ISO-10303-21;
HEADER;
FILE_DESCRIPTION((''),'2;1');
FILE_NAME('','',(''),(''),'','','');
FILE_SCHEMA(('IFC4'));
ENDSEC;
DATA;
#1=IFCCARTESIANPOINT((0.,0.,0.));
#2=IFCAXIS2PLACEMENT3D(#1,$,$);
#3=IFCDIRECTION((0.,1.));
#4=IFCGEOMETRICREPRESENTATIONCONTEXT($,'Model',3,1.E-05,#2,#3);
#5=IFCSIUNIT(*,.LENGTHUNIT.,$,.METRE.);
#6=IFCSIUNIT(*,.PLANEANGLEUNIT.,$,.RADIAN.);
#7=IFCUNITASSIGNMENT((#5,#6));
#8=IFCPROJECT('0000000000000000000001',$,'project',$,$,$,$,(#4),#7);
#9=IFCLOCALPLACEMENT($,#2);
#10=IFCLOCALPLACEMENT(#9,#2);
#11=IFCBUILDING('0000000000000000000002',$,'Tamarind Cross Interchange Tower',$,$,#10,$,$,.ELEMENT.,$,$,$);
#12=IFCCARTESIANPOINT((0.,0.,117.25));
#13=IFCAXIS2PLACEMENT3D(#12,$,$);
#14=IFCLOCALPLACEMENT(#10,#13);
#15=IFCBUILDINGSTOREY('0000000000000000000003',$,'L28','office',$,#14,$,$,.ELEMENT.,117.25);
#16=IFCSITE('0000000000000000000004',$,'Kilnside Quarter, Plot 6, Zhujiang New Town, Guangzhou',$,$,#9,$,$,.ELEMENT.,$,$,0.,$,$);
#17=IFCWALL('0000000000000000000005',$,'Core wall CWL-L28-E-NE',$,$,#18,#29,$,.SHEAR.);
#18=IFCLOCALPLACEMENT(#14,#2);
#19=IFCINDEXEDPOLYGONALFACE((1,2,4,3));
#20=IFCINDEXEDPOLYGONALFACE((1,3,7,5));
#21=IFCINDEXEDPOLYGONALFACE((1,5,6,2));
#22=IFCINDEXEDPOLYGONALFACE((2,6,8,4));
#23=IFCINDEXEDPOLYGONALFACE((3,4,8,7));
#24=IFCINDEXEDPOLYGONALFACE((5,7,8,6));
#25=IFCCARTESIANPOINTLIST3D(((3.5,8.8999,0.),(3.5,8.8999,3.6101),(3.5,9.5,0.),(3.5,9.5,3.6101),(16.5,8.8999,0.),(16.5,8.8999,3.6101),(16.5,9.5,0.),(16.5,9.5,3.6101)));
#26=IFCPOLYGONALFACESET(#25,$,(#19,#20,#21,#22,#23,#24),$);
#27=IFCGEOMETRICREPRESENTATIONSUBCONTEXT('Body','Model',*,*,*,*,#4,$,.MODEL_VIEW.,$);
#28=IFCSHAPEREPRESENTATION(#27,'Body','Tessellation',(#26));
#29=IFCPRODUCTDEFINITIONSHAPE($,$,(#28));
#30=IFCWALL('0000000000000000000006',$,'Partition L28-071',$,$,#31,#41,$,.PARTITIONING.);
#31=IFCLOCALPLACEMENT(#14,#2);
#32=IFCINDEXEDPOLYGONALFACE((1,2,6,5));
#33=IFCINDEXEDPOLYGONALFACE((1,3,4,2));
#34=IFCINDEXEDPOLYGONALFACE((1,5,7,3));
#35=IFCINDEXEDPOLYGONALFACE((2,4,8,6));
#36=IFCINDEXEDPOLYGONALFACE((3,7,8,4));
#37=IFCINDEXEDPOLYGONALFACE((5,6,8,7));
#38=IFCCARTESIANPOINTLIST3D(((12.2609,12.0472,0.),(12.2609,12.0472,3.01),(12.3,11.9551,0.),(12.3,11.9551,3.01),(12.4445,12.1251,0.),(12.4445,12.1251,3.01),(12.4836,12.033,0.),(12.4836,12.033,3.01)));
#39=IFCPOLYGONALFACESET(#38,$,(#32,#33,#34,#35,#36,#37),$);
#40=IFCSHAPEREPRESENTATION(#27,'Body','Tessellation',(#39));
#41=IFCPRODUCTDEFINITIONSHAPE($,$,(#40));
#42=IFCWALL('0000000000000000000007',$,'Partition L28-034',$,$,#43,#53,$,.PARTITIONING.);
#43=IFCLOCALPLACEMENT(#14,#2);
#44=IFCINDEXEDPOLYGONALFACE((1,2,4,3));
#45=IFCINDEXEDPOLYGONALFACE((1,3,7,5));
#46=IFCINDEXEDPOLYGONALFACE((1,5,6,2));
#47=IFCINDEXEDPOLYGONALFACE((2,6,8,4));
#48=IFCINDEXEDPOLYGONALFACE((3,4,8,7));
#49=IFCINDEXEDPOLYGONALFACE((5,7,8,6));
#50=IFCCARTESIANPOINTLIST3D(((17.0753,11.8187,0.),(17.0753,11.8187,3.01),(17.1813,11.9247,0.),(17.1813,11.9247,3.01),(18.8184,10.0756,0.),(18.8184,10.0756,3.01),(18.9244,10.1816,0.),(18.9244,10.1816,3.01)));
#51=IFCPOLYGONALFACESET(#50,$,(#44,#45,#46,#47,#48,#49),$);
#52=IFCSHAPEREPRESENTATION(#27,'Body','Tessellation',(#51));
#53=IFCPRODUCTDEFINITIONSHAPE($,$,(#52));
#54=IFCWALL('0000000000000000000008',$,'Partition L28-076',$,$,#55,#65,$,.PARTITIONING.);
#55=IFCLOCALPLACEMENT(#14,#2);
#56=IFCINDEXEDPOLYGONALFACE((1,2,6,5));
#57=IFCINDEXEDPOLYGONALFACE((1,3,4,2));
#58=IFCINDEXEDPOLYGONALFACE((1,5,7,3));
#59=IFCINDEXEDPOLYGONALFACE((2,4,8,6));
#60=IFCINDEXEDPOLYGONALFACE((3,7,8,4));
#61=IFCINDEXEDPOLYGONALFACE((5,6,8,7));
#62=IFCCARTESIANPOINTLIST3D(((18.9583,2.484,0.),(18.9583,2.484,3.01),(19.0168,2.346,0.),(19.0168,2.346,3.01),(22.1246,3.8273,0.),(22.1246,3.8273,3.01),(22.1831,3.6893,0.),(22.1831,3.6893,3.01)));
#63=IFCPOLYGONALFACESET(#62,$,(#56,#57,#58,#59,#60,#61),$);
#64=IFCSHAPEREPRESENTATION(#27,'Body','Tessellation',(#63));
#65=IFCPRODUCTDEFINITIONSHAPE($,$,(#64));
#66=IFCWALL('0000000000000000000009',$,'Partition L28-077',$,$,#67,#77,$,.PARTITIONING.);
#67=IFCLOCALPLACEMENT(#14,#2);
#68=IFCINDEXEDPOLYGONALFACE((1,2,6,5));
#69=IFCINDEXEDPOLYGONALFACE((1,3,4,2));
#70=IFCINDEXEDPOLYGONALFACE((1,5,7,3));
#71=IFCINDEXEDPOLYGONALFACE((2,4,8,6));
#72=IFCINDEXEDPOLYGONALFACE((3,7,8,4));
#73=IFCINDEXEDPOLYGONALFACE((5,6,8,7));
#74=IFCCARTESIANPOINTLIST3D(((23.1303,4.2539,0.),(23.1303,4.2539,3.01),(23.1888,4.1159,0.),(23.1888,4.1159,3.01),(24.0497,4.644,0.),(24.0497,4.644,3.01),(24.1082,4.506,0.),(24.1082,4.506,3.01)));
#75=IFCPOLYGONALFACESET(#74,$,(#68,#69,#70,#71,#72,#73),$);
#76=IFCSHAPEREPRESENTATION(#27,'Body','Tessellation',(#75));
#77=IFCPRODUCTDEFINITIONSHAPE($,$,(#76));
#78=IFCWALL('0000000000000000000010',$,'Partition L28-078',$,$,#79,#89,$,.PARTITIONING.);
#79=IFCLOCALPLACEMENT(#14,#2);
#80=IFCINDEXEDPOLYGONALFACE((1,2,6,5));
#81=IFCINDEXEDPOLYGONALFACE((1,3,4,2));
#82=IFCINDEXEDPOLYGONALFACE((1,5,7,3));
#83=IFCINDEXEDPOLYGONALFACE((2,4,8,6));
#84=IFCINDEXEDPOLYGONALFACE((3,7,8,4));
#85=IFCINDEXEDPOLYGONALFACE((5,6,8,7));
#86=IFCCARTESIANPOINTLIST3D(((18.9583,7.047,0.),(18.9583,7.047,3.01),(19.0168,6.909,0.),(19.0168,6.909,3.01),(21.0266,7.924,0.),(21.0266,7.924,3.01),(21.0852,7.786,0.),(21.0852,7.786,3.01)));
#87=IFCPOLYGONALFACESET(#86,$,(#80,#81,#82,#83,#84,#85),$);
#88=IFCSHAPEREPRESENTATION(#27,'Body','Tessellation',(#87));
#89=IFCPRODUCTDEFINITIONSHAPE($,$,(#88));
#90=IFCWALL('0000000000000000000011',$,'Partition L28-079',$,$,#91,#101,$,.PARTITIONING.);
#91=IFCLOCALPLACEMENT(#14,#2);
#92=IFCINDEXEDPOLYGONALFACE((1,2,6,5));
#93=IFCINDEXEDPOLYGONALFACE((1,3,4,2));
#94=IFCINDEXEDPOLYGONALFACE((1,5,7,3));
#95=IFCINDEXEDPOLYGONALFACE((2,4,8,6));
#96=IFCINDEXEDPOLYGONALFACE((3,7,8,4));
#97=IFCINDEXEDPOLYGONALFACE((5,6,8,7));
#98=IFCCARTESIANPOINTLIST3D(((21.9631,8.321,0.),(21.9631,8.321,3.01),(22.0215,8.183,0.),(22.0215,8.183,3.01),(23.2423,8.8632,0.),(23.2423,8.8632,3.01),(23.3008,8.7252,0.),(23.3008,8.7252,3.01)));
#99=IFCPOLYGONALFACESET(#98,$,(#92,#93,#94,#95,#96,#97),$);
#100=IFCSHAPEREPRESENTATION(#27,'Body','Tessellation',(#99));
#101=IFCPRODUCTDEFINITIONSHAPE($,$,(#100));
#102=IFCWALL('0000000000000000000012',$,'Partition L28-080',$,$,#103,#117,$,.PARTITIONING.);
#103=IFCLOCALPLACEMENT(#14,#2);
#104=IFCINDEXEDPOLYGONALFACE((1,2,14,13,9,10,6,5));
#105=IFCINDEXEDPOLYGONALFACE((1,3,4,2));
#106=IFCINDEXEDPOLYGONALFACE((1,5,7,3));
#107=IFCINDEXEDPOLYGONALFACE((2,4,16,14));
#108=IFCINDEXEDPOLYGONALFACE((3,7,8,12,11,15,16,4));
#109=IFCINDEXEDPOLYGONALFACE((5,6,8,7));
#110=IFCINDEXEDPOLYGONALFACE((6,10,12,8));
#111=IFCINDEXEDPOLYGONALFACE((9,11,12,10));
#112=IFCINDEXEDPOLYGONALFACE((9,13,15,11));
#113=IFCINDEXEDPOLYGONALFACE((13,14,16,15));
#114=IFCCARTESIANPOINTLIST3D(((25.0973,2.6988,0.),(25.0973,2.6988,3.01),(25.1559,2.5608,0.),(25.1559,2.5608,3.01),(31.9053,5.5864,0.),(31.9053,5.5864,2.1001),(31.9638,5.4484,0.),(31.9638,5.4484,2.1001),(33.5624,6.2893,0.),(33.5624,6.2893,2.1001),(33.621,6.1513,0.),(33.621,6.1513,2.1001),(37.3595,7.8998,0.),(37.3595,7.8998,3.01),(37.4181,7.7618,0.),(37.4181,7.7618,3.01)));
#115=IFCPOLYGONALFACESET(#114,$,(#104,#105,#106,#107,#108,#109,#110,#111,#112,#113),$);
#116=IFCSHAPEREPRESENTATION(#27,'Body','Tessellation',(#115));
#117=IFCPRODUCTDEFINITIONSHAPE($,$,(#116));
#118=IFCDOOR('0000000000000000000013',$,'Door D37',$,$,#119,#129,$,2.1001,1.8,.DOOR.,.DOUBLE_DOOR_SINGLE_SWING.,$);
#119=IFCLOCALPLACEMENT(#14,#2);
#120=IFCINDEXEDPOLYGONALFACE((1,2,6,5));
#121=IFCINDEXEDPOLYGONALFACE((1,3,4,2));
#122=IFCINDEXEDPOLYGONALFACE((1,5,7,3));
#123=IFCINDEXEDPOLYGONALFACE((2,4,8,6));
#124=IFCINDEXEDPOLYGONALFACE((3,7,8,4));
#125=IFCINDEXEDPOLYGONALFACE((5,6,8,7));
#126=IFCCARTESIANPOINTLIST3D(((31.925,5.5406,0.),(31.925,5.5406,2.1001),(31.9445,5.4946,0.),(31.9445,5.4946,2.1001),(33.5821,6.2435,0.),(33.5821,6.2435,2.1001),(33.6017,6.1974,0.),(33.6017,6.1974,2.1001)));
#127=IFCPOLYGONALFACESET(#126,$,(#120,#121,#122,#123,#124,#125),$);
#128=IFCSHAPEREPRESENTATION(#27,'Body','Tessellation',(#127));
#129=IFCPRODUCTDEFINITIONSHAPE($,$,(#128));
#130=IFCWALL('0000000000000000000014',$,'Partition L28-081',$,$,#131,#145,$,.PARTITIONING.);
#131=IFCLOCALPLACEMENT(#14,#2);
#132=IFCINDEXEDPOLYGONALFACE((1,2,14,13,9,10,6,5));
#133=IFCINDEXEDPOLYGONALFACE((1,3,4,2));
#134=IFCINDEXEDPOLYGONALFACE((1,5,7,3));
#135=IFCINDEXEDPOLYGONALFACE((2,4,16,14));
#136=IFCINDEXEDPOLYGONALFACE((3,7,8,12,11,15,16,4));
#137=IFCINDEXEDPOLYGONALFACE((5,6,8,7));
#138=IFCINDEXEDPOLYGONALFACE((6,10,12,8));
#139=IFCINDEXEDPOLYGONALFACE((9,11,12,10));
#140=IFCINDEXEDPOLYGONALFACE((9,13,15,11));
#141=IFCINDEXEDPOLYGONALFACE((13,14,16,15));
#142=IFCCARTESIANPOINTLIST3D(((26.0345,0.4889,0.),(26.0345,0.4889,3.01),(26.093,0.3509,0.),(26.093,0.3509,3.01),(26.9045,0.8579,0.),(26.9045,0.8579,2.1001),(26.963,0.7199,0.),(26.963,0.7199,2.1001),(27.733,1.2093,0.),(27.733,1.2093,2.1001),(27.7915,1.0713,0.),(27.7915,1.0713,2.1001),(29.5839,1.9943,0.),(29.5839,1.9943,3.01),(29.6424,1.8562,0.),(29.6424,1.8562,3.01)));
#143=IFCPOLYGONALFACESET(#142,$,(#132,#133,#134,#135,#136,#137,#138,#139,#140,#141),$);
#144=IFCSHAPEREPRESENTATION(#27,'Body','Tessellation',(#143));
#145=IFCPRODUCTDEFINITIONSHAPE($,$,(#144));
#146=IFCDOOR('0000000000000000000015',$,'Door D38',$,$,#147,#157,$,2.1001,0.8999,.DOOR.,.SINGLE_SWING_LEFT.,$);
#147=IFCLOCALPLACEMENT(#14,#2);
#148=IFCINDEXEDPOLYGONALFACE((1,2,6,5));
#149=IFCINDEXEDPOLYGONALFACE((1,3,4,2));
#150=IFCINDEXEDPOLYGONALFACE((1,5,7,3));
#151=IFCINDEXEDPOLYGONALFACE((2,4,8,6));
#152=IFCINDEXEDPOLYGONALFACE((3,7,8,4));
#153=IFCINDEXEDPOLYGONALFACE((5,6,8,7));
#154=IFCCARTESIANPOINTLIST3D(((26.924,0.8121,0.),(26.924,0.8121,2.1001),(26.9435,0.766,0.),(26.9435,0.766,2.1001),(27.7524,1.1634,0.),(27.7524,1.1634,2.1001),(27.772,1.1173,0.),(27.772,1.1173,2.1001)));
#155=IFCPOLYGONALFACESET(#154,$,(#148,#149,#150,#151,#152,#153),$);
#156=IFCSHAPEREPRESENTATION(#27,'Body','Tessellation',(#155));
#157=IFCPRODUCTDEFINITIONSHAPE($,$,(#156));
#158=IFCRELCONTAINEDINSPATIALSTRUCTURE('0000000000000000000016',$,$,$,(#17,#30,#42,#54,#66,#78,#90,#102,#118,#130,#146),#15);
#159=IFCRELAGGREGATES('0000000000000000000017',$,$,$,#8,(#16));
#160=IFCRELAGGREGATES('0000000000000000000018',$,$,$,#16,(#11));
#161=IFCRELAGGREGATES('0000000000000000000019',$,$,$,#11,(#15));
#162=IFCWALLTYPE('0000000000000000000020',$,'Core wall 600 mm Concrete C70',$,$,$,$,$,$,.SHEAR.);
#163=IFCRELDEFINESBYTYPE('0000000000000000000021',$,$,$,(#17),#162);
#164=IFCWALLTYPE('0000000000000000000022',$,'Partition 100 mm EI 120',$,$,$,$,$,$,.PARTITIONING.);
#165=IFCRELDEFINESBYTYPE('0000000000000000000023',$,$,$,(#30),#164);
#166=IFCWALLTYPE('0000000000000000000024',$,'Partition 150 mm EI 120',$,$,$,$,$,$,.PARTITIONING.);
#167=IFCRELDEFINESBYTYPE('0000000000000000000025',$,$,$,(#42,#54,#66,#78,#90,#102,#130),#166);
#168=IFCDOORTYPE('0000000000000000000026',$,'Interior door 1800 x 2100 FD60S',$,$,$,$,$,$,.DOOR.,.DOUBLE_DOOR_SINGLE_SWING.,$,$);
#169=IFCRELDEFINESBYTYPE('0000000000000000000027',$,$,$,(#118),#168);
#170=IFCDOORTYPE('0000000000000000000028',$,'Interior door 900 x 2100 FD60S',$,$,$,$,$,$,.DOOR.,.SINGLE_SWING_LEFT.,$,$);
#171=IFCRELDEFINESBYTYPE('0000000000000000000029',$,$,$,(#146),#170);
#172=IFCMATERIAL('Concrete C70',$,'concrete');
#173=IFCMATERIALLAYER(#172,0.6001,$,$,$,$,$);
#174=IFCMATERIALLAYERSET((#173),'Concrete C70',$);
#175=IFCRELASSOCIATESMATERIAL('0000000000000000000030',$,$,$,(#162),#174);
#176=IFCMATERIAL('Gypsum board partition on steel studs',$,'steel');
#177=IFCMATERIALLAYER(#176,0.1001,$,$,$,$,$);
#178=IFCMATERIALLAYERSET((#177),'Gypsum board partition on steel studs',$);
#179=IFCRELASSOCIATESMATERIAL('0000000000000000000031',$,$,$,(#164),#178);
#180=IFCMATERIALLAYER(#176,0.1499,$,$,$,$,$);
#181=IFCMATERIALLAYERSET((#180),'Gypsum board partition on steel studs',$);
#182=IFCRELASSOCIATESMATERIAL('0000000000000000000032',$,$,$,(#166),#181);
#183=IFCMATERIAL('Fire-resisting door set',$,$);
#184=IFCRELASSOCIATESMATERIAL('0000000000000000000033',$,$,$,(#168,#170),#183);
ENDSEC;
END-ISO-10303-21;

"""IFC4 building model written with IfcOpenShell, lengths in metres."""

from ifc_helpers import new_model, si_unit, direction, frame, frame_2d, origin, place, context, subcontext, project, spatial, rectangle, extrude, material, layer, layer_set, type_object, element, fill, save


model = new_model("IFC4")

# Units and contexts
model_context = context("Model", 3, precision=1e-05, world=origin(), true_north=direction((0.0, 1.0)))
body_context = subcontext(model_context, "Body", "Model", "MODEL_VIEW")
ifc_project = project(units=[si_unit("LENGTHUNIT", "METRE"), si_unit("PLANEANGLEUNIT", "RADIAN")], contexts=[model_context])

# Site, building, storey
site_placement = place(None, origin())
site = spatial("IfcSite", under=ifc_project, at=site_placement, Name="Kilnside Quarter, Plot 6, Zhujiang New Town, Guangzhou", CompositionType="ELEMENT", RefElevation=0.0)
building_placement = place(site_placement, origin())
building = spatial("IfcBuilding", under=site, at=building_placement, Name="Tamarind Cross Interchange Tower", CompositionType="ELEMENT")
storey_placement = place(building_placement, frame((0.0, 0.0, 117.25)))
storey = spatial("IfcBuildingStorey", under=building, at=storey_placement, Name="L28", Description="office", CompositionType="ELEMENT", Elevation=117.25)

# Walls
ifc_material_1 = material(Name="Concrete C70", Category="concrete")
ifc_layer_1 = layer(ifc_material_1, 0.6001)
ifc_layer_set_1 = layer_set([ifc_layer_1], Name="Concrete C70")
wall_type_1 = type_object("IfcWallType", Name="Core wall 600 mm Concrete C70", PredefinedType="SHEAR", material=ifc_layer_set_1)
wall_1_placement = place(storey_placement, frame((16.5, 9.2, 0.0), z_axis=(0.0, 0.0, 1.0), x_axis=(-1.0, 0.0, 0.0)))
element("IfcWall", 1, at=wall_1_placement, inside=storey, type_object=wall_type_1, Name="Core wall CWL-L28-E-NE", PredefinedType="SHEAR", context=body_context, shape_type="SweptSolid", body=[
    extrude(rectangle(XDim=13.0, YDim=0.6001, at=frame_2d((6.5, 0.0))), origin(), (0.0, 0.0, 1.0), 3.6101),
])
ifc_material_2 = material(Name="Gypsum board partition on steel studs", Category="steel")
ifc_layer_2 = layer(ifc_material_2, 0.1001)
ifc_layer_set_2 = layer_set([ifc_layer_2], Name="Gypsum board partition on steel studs")
wall_type_2 = type_object("IfcWallType", Name="Partition 100 mm EI 120", PredefinedType="PARTITIONING", material=ifc_layer_set_2)
wall_2_placement = place(storey_placement, frame((12.2805, 12.0012, 0.0), z_axis=(0.0, 0.0, 1.0), x_axis=(0.920595, 0.390518, 0.0)))
element("IfcWall", 2, at=wall_2_placement, inside=storey, type_object=wall_type_2, Name="Partition L28-071", PredefinedType="PARTITIONING", context=body_context, shape_type="SweptSolid", body=[
    extrude(rectangle(XDim=0.1995, YDim=0.1001, at=frame_2d((0.0996, 0.0))), origin(), (0.0, 0.0, 1.0), 3.01),
])
ifc_layer_3 = layer(ifc_material_2, 0.1499)
ifc_layer_set_3 = layer_set([ifc_layer_3], Name="Gypsum board partition on steel studs")
wall_type_3 = type_object("IfcWallType", Name="Partition 150 mm EI 120", PredefinedType="PARTITIONING", material=ifc_layer_set_3)
wall_3_placement = place(storey_placement, frame((17.1284, 11.8716, 0.0), z_axis=(0.0, 0.0, 1.0), x_axis=(0.707107, -0.707107, 0.0)))
element("IfcWall", 3, at=wall_3_placement, inside=storey, type_object=wall_type_3, Name="Partition L28-034", PredefinedType="PARTITIONING", context=body_context, shape_type="SweptSolid", body=[
    extrude(rectangle(XDim=2.4651, YDim=0.1499, at=frame_2d((1.2324, 0.0))), origin(), (0.0, 0.0, 1.0), 3.01),
])
wall_4_placement = place(storey_placement, frame((18.9875, 2.415, 0.0), z_axis=(0.0, 0.0, 1.0), x_axis=(0.920582, 0.39055, 0.0)))
element("IfcWall", 4, at=wall_4_placement, inside=storey, type_object=wall_type_3, Name="Partition L28-076", PredefinedType="PARTITIONING", context=body_context, shape_type="SweptSolid", body=[
    extrude(rectangle(XDim=3.4395, YDim=0.1499, at=frame_2d((1.7197, 0.0))), origin(), (0.0, 0.0, 1.0), 3.01),
])
wall_5_placement = place(storey_placement, frame((23.1594, 4.1848, 0.0), z_axis=(0.0, 0.0, 1.0), x_axis=(0.920555, 0.390613, 0.0)))
element("IfcWall", 5, at=wall_5_placement, inside=storey, type_object=wall_type_3, Name="Partition L28-077", PredefinedType="PARTITIONING", context=body_context, shape_type="SweptSolid", body=[
    extrude(rectangle(XDim=0.9988, YDim=0.1499, at=frame_2d((0.4995, 0.0))), origin(), (0.0, 0.0, 1.0), 3.01),
])
wall_6_placement = place(storey_placement, frame((18.9875, 6.978, 0.0), z_axis=(0.0, 0.0, 1.0), x_axis=(0.920667, 0.390349, 0.0)))
element("IfcWall", 6, at=wall_6_placement, inside=storey, type_object=wall_type_3, Name="Partition L28-078", PredefinedType="PARTITIONING", context=body_context, shape_type="SweptSolid", body=[
    extrude(rectangle(XDim=2.2466, YDim=0.1499, at=frame_2d((1.1233, 0.0))), origin(), (0.0, 0.0, 1.0), 3.01),
])
wall_7_placement = place(storey_placement, frame((21.9922, 8.252, 0.0), z_axis=(0.0, 0.0, 1.0), x_axis=(0.92071, 0.390247, 0.0)))
element("IfcWall", 7, at=wall_7_placement, inside=storey, type_object=wall_type_3, Name="Partition L28-079", PredefinedType="PARTITIONING", context=body_context, shape_type="SweptSolid", body=[
    extrude(rectangle(XDim=1.3894, YDim=0.1499, at=frame_2d((0.6948, 0.0))), origin(), (0.0, 0.0, 1.0), 3.01),
])

# Walls, openings, doors
wall_8_placement = place(storey_placement, frame((25.1267, 2.6299, 0.0), z_axis=(0.0, 0.0, 1.0), x_axis=(0.920615, 0.390472, 0.0)))
wall_8 = element("IfcWall", 8, at=wall_8_placement, inside=storey, type_object=wall_type_3, Name="Partition L28-080", PredefinedType="PARTITIONING", context=body_context, shape_type="SweptSolid", body=[
    extrude(rectangle(XDim=13.3196, YDim=0.1499, at=frame_2d((6.6597, 0.0))), origin(), (0.0, 0.0, 1.0), 3.01),
])
opening_1_placement = place(wall_8_placement, frame((7.395, 0.0, 0.0)))
opening_1 = element("IfcOpeningElement", 9, at=opening_1_placement, cuts=wall_8, PredefinedType="OPENING", context=body_context, shape_type="SweptSolid", body=[
    extrude(rectangle(XDim=1.8, YDim=2.1001, at=frame_2d((0.8999, 1.05))), frame((0.0, 0.085, 0.0), z_axis=(0.0, -1.0, 0.0), x_axis=(1.0, 0.0, 0.0)), (0.0, 0.0, 1.0), 0.1699),
])
ifc_material_3 = material(Name="Fire-resisting door set")
door_type_1 = type_object("IfcDoorType", Name="Interior door 1800 x 2100 FD60S", OperationType="DOUBLE_DOOR_SINGLE_SWING", PredefinedType="DOOR", material=ifc_material_3)
door_1_placement = place(opening_1_placement, frame((1.8, 0.0, 0.0), z_axis=(0.0, 0.0, 1.0), x_axis=(-1.0, 0.0, 0.0)))
door_1 = element("IfcDoor", 10, at=door_1_placement, inside=storey, type_object=door_type_1, Name="Door D37", OperationType="DOUBLE_DOOR_SINGLE_SWING", OverallHeight=2.1001, OverallWidth=1.8, PredefinedType="DOOR", context=body_context, shape_type="SweptSolid", body=[
    extrude(rectangle(XDim=1.8, YDim=2.1001, at=frame_2d((0.8999, 1.05))), frame((0.0, 0.0249, 0.0), z_axis=(0.0, -1.0, 0.0), x_axis=(1.0, 0.0, 0.0)), (0.0, 0.0, 1.0), 0.05),
])
fill(opening_1, door_1)
wall_9_placement = place(storey_placement, frame((26.0637, 0.4199, 0.0), z_axis=(0.0, 0.0, 1.0), x_axis=(0.920629, 0.390439, 0.0)))
wall_9 = element("IfcWall", 11, at=wall_9_placement, inside=storey, type_object=wall_type_3, Name="Partition L28-081", PredefinedType="PARTITIONING", context=body_context, shape_type="SweptSolid", body=[
    extrude(rectangle(XDim=3.8555, YDim=0.1499, at=frame_2d((1.9277, 0.0))), origin(), (0.0, 0.0, 1.0), 3.01),
])
opening_2_placement = place(wall_9_placement, frame((0.9451, 0.0, 0.0)))
opening_2 = element("IfcOpeningElement", 12, at=opening_2_placement, cuts=wall_9, PredefinedType="OPENING", context=body_context, shape_type="SweptSolid", body=[
    extrude(rectangle(XDim=0.8999, YDim=2.1001, at=frame_2d((0.45, 1.05))), frame((0.0, 0.085, 0.0), z_axis=(0.0, -1.0, 0.0), x_axis=(1.0, 0.0, 0.0)), (0.0, 0.0, 1.0), 0.1699),
])
door_type_2 = type_object("IfcDoorType", Name="Interior door 900 x 2100 FD60S", OperationType="SINGLE_SWING_LEFT", PredefinedType="DOOR", material=ifc_material_3)
door_2_placement = place(opening_2_placement, frame((0.8999, 0.0, 0.0), z_axis=(0.0, 0.0, 1.0), x_axis=(-1.0, 0.0, 0.0)))
door_2 = element("IfcDoor", 13, at=door_2_placement, inside=storey, type_object=door_type_2, Name="Door D38", OperationType="SINGLE_SWING_LEFT", OverallHeight=2.1001, OverallWidth=0.8999, PredefinedType="DOOR", context=body_context, shape_type="SweptSolid", body=[
    extrude(rectangle(XDim=0.8999, YDim=2.1001, at=frame_2d((0.45, 1.05))), frame((0.0, 0.0249, 0.0), z_axis=(0.0, -1.0, 0.0), x_axis=(1.0, 0.0, 0.0)), (0.0, 0.0, 1.0), 0.05),
])
fill(opening_2, door_2)

save(model, "model.ifc")
